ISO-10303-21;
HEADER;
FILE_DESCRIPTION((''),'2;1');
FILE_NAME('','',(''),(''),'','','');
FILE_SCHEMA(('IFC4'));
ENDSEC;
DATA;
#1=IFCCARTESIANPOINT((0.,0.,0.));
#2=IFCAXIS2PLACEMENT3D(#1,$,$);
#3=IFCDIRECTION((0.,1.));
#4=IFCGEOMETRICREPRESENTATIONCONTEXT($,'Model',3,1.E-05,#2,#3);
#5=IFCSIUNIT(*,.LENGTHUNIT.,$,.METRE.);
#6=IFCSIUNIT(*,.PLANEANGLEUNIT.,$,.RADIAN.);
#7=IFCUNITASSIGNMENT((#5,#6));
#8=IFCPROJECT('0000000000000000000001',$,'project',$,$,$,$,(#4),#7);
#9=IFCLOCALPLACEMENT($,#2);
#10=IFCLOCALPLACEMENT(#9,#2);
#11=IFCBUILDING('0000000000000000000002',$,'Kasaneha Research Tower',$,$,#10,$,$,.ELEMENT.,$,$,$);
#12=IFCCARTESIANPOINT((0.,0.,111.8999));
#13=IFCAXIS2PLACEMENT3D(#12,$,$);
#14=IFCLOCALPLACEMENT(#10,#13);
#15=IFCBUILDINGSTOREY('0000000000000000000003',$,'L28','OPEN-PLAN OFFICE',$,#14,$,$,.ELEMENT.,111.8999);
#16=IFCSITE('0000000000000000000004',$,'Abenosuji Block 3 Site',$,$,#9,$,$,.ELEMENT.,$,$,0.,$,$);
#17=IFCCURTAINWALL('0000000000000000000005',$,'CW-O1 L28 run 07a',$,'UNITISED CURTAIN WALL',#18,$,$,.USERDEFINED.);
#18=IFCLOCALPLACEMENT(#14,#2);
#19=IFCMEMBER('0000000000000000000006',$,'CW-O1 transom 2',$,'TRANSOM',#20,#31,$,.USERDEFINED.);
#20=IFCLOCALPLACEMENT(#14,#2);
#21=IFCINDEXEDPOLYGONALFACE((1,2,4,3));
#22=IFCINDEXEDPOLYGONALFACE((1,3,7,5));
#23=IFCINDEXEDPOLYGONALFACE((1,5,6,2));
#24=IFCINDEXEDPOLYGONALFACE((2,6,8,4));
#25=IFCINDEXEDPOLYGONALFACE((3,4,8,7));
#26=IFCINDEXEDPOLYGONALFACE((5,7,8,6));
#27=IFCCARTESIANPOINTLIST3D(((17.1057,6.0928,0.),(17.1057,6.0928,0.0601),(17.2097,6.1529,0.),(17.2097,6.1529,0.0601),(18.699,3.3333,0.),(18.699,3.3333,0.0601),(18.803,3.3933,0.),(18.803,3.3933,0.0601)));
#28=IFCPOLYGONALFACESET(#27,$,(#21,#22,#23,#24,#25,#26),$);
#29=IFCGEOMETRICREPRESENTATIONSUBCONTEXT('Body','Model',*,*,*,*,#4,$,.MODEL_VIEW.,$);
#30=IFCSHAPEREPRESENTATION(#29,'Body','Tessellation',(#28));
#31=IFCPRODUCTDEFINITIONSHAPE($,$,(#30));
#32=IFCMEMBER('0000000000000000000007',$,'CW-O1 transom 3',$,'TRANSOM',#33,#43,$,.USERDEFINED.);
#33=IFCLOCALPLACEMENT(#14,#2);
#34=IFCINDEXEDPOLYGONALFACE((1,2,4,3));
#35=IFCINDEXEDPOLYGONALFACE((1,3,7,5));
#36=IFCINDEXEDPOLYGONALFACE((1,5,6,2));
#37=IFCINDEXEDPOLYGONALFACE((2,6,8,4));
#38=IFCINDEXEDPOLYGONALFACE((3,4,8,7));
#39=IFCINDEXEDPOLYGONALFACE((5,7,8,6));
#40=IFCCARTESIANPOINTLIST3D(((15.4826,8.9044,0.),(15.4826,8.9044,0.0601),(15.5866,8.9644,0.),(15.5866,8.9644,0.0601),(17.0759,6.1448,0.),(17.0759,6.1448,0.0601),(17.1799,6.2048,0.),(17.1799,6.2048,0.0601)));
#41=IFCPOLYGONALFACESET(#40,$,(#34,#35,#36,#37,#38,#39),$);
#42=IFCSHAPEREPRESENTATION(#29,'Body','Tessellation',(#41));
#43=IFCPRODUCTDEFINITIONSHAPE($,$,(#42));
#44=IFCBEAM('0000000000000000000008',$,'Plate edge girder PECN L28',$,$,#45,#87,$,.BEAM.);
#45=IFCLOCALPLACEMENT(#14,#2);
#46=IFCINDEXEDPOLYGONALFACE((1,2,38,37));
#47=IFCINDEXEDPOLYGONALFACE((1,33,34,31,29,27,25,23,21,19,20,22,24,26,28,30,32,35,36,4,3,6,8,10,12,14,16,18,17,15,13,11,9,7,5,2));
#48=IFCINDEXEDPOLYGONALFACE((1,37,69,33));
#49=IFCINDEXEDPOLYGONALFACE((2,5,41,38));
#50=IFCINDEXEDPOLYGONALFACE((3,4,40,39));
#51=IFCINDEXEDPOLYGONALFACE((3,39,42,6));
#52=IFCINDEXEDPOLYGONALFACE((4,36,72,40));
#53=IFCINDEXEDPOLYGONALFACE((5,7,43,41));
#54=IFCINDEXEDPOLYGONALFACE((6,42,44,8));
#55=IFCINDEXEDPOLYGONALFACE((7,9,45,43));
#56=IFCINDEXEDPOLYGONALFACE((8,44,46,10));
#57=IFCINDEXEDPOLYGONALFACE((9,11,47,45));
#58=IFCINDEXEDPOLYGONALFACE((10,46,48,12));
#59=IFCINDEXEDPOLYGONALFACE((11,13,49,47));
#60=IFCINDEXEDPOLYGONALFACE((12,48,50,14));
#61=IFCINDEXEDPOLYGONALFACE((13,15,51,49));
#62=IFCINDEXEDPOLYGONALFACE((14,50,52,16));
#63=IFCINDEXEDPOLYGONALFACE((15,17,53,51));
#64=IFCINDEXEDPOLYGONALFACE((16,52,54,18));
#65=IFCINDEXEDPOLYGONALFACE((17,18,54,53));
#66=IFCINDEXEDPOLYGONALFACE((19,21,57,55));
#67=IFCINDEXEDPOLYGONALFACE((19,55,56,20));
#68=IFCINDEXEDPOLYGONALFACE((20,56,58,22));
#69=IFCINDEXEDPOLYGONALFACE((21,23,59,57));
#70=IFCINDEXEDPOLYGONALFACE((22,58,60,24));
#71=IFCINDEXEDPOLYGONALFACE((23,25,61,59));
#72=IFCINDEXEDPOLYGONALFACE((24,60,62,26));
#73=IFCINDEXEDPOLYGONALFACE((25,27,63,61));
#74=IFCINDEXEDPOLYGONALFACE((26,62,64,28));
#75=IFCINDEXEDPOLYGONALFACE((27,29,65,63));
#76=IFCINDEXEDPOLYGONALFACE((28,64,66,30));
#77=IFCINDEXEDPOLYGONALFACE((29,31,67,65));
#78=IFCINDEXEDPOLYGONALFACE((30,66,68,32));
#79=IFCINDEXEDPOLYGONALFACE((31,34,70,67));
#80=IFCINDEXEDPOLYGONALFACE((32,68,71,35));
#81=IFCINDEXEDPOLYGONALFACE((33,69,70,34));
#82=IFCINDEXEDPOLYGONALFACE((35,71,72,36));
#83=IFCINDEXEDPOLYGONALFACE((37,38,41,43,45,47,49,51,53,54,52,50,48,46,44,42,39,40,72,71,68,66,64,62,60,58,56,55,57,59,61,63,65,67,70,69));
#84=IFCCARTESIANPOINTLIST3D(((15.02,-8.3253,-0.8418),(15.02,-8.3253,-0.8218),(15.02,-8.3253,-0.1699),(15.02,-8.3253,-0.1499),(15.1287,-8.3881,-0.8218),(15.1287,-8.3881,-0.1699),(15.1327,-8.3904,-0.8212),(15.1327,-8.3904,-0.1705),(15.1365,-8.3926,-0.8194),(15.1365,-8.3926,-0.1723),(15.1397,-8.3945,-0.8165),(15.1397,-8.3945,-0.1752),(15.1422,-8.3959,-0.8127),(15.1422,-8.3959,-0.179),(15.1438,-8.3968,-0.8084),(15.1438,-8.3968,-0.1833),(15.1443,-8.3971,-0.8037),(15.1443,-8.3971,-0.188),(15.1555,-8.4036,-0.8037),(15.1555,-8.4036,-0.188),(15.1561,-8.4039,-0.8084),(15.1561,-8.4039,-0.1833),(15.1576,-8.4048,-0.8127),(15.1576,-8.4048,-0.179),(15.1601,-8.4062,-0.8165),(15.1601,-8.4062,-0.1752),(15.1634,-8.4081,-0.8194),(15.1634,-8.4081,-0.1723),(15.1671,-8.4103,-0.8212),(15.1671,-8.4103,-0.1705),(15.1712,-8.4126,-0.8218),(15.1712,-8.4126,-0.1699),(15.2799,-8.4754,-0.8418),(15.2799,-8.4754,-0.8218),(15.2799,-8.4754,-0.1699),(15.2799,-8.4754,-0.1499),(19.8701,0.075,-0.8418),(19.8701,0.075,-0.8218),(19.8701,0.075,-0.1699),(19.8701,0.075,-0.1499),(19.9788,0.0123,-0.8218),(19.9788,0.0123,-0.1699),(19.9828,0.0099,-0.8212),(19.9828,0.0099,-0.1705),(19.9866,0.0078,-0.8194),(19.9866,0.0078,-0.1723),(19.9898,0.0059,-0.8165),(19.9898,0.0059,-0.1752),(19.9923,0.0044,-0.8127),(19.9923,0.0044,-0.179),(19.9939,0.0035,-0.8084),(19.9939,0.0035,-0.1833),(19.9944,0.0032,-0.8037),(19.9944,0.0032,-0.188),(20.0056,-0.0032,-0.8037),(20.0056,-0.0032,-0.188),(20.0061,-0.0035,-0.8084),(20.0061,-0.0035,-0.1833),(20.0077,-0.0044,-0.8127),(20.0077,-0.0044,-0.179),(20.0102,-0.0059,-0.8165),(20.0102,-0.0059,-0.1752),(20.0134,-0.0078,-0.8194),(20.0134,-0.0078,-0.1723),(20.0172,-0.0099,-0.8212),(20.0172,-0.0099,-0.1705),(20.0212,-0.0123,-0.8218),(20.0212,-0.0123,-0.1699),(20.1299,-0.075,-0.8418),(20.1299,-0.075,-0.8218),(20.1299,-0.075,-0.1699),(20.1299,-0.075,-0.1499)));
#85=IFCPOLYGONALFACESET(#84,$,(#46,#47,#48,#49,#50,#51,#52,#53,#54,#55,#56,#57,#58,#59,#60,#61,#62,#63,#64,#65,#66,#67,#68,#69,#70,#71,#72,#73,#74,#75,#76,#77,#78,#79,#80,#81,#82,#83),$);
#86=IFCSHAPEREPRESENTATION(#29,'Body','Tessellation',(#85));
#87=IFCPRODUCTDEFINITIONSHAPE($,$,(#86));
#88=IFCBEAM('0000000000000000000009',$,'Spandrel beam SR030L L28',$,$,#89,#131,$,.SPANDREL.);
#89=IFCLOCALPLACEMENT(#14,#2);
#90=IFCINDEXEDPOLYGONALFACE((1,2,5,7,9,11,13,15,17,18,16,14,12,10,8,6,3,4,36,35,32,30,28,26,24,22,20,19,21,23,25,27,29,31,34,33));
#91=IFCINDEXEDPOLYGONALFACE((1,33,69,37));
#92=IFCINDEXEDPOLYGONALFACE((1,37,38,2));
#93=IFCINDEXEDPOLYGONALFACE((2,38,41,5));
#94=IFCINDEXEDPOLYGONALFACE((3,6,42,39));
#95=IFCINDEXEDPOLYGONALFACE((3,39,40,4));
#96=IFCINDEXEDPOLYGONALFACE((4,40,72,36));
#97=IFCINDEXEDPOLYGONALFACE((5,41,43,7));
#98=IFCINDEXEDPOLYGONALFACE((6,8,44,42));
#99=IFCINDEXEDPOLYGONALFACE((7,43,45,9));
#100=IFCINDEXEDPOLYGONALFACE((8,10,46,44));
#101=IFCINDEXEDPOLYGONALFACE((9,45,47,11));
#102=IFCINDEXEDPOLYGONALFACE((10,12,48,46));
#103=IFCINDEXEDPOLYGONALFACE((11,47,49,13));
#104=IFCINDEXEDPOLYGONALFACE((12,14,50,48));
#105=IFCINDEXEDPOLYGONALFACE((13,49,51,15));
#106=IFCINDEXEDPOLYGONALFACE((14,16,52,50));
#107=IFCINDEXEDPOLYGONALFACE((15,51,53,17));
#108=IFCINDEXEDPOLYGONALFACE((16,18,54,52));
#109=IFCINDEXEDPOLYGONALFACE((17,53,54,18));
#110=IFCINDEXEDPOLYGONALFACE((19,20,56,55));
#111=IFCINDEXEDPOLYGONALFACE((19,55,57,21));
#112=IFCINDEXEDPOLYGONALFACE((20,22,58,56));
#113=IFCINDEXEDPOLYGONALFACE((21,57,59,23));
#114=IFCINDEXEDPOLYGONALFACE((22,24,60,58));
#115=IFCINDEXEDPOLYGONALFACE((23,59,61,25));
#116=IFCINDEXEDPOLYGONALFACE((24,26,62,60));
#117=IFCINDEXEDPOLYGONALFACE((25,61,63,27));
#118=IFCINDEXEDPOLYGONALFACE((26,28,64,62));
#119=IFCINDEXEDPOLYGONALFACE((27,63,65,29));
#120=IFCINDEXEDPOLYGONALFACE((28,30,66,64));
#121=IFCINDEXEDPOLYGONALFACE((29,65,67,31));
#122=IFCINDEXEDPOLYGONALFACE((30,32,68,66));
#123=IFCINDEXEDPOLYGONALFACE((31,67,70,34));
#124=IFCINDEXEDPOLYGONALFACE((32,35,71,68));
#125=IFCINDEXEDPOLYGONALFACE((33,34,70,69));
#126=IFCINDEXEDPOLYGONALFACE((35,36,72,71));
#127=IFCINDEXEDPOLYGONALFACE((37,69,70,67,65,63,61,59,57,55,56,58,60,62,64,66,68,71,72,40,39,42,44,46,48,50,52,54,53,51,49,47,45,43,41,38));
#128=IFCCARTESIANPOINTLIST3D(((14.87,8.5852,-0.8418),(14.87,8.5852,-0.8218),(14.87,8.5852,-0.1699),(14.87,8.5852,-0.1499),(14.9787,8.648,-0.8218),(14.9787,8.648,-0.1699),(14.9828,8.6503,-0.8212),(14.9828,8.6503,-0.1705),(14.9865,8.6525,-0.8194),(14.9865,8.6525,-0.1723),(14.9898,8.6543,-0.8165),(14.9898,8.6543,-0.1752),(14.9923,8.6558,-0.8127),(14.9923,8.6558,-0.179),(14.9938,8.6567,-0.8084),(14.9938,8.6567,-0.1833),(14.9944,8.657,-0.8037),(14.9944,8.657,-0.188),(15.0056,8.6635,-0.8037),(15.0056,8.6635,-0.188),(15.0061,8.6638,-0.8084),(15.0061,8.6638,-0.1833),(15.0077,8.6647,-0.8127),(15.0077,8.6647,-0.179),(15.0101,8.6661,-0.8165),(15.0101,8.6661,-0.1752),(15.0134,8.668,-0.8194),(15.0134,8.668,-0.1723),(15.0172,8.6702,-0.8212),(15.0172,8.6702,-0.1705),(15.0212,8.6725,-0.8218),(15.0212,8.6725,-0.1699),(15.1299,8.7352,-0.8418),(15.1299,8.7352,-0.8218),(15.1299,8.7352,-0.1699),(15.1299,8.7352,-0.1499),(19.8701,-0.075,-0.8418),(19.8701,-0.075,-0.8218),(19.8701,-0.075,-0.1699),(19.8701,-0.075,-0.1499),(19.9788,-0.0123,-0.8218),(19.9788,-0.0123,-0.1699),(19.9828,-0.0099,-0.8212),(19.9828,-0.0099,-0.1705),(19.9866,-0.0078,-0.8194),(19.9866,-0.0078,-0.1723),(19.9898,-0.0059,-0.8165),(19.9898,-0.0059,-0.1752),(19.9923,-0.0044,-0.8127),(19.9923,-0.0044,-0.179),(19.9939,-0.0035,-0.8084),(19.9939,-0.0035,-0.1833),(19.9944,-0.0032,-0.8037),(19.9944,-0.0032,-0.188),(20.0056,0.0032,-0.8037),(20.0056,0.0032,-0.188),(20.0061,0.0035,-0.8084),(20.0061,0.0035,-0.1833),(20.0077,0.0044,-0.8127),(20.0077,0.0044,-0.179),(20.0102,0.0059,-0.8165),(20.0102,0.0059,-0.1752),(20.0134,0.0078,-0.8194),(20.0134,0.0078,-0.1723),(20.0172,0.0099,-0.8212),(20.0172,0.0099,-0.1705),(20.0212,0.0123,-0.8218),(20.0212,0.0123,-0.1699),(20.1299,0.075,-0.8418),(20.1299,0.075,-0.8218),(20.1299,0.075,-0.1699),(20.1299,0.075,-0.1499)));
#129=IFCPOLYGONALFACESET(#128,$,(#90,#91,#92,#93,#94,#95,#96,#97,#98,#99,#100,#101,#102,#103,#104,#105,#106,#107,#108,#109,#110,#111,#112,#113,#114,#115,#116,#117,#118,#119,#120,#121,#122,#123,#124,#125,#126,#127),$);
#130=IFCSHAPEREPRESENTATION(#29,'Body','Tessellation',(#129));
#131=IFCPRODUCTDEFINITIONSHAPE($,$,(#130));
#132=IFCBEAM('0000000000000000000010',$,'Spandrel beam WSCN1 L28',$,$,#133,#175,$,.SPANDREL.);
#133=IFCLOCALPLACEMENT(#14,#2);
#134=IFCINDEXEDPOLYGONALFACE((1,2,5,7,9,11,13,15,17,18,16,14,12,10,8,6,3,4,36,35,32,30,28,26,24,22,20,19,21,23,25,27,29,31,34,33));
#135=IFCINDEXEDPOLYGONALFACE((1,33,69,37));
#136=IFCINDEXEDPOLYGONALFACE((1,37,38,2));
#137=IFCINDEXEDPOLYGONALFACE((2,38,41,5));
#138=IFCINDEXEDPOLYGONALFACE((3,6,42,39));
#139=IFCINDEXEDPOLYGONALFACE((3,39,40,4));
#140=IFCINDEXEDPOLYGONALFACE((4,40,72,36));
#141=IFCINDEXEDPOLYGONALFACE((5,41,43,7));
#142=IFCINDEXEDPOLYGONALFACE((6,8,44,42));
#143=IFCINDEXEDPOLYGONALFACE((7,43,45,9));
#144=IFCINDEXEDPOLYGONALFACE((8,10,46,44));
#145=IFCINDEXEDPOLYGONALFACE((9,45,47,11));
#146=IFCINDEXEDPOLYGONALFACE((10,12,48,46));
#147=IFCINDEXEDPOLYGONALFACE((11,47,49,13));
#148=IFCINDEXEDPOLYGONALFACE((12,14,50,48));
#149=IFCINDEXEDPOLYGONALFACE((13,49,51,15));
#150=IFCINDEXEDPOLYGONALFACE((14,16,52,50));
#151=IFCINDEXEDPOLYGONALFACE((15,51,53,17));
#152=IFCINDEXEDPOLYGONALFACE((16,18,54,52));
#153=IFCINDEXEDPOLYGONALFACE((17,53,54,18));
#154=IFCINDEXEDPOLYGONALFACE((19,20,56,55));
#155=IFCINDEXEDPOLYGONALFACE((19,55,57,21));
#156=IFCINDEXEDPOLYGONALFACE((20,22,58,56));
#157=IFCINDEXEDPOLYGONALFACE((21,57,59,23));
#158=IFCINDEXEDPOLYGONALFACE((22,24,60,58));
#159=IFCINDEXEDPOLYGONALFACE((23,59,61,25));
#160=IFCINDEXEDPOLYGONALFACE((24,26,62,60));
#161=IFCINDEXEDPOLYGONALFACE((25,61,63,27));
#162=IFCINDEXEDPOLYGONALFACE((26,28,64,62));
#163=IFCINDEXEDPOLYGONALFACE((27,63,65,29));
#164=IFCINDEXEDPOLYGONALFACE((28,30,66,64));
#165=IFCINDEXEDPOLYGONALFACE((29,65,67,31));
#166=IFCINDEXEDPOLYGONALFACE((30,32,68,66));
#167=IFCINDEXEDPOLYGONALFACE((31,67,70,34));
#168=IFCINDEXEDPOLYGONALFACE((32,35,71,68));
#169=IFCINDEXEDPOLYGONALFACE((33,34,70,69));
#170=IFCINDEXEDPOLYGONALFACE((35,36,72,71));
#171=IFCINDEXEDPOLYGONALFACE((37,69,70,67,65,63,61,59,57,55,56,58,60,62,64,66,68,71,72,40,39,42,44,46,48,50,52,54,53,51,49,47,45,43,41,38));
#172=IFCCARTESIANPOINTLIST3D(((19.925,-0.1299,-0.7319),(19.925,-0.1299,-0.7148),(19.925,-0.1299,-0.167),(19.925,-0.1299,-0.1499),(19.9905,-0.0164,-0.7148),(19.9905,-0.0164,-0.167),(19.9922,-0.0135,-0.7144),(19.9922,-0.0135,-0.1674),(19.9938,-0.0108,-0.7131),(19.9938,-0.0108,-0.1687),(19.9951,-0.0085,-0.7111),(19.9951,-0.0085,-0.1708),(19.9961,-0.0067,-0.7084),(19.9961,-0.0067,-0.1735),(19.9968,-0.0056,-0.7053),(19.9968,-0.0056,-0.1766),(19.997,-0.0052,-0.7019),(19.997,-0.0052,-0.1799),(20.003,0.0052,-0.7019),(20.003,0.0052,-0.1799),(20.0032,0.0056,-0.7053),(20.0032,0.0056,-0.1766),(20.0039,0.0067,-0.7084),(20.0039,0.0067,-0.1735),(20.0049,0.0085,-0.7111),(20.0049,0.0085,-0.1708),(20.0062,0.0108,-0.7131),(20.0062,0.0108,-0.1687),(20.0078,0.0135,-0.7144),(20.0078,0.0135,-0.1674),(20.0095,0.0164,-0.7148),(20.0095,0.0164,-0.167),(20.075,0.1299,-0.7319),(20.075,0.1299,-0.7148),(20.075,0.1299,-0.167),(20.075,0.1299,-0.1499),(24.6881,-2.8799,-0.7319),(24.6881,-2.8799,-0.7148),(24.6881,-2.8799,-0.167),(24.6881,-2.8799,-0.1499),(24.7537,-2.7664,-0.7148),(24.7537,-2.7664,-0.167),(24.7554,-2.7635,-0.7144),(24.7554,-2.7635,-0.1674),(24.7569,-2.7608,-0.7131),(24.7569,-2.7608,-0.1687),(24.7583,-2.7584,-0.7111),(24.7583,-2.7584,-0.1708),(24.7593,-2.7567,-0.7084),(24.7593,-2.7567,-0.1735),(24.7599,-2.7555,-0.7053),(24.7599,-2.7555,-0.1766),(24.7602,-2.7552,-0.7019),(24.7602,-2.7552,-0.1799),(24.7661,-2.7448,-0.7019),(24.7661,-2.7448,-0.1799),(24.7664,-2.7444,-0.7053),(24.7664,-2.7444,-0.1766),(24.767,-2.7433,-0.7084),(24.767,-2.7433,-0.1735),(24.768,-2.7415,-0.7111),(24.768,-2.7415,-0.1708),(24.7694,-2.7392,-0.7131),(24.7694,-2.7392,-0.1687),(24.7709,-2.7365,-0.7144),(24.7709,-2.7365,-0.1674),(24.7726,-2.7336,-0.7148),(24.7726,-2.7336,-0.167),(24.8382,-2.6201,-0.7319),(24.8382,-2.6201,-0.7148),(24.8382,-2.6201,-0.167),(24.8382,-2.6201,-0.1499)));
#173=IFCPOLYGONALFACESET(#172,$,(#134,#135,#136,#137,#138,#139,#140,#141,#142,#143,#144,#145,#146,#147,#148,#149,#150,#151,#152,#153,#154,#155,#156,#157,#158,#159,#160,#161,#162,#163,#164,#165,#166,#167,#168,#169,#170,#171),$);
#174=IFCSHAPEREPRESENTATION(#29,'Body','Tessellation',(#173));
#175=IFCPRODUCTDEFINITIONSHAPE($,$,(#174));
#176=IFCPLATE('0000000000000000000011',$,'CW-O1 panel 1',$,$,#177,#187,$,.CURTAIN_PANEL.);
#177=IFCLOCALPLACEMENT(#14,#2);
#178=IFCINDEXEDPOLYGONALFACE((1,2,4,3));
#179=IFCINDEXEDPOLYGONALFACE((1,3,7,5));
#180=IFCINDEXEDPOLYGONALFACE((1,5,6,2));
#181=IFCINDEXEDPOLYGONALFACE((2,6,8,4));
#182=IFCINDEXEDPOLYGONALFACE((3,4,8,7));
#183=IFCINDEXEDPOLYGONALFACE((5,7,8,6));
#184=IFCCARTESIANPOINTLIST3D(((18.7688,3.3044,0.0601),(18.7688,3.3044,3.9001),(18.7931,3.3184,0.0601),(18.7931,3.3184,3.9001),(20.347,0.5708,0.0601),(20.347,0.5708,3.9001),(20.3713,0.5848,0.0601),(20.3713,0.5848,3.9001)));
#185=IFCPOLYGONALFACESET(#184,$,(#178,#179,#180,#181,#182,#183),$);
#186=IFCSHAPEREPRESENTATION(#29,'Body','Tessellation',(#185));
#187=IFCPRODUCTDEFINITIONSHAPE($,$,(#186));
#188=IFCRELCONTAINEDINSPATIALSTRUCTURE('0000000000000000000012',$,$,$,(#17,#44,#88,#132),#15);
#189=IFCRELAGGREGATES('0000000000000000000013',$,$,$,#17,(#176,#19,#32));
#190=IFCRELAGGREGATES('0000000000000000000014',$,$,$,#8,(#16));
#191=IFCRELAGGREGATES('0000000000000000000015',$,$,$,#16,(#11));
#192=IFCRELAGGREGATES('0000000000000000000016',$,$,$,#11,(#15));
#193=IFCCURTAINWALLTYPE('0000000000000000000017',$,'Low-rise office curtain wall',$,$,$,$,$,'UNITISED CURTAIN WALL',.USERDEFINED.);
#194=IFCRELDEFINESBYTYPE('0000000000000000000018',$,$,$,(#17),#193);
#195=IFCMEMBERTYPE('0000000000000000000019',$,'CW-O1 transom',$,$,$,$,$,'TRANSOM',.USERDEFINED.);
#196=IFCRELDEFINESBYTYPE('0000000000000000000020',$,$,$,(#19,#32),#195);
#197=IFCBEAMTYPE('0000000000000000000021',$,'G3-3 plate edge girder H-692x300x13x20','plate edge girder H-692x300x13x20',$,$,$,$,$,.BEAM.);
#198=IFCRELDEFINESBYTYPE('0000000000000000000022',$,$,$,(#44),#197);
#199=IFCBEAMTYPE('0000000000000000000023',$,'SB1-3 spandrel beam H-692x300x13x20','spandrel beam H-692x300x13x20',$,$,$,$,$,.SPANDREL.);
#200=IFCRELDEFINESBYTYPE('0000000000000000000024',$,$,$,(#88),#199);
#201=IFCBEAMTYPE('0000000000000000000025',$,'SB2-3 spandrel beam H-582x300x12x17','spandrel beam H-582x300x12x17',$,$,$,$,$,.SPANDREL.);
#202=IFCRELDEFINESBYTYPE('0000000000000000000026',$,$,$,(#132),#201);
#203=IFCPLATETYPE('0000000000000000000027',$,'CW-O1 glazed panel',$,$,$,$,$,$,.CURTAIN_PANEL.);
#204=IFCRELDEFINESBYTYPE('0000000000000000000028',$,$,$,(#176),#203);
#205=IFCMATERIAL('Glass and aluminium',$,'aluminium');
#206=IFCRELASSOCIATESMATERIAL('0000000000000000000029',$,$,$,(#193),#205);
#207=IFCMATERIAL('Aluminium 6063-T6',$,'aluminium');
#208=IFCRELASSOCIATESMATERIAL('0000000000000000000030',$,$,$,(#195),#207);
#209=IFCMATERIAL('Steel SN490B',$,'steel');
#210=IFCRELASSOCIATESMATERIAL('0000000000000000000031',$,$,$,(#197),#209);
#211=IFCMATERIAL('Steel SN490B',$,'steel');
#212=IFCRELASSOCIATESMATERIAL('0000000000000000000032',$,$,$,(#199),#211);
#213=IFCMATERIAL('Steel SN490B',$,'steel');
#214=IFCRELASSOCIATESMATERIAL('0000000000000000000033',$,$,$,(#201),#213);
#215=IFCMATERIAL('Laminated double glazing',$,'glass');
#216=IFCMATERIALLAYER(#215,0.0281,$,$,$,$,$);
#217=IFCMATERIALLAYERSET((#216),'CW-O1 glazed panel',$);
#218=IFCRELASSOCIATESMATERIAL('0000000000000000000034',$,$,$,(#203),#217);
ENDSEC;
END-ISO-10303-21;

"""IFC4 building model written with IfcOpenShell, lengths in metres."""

from ifc_helpers import new_model, si_unit, direction, frame, origin, origin_2d, place, context, subcontext, project, spatial, rectangle, i_section, extrude, material, layer, layer_set, material_profile, profile_set, type_object, element, aggregate, save


model = new_model("IFC4")

# Units and contexts
model_context = context("Model", 3, precision=1e-05, world=origin(), true_north=direction((0.0, 1.0)))
body_context = subcontext(model_context, "Body", "Model", "MODEL_VIEW")
ifc_project = project(units=[si_unit("LENGTHUNIT", "METRE"), si_unit("PLANEANGLEUNIT", "RADIAN")], contexts=[model_context])

# Site, building, storey
site_placement = place(None, origin())
site = spatial("IfcSite", under=ifc_project, at=site_placement, Name="Abenosuji Block 3 Site", CompositionType="ELEMENT", RefElevation=0.0)
building_placement = place(site_placement, origin())
building = spatial("IfcBuilding", under=site, at=building_placement, Name="Kasaneha Research Tower", CompositionType="ELEMENT")
storey_placement = place(building_placement, frame((0.0, 0.0, 111.8999)))
storey = spatial("IfcBuildingStorey", under=building, at=storey_placement, Name="L28", Description="OPEN-PLAN OFFICE", CompositionType="ELEMENT", Elevation=111.8999)

# Shared definitions
ifc_material_1 = material(Name="Glass and aluminium", Category="aluminium")
curtain_wall_type = type_object("IfcCurtainWallType", Name="Low-rise office curtain wall", ElementType="UNITISED CURTAIN WALL", PredefinedType="USERDEFINED", material=ifc_material_1)

# Curtain wall, members
curtain_wall_1_placement = place(storey_placement, origin())
curtain_wall_1 = element("IfcCurtainWall", 1, at=curtain_wall_1_placement, inside=storey, type_object=curtain_wall_type, Name="CW-O1 L28 run 07a", ObjectType="UNITISED CURTAIN WALL", PredefinedType="USERDEFINED")
ifc_material_2 = material(Name="Aluminium 6063-T6", Category="aluminium")
ifc_material_profile_1 = material_profile(ifc_material_2, rectangle(XDim=0.1201, YDim=0.0601, at=origin_2d()), Name="CW-O1 transom 120x60")
ifc_profile_set_1 = profile_set([ifc_material_profile_1], Name="Aluminium 6063-T6")
member_type_1 = type_object("IfcMemberType", Name="CW-O1 transom", ElementType="TRANSOM", PredefinedType="USERDEFINED", material=ifc_profile_set_1)
member_1_placement = place(storey_placement, frame((18.751, 3.3633, 0.03), z_axis=(-0.500012, 0.866018, 0.0), x_axis=(-0.866018, -0.500012, 0.0)))
member_1 = element("IfcMember", 2, at=member_1_placement, type_object=member_type_1, Name="CW-O1 transom 2", ObjectType="TRANSOM", PredefinedType="USERDEFINED", context=body_context, shape_type="SweptSolid", body=[
    extrude(rectangle(XDim=0.1201, YDim=0.0601, at=origin_2d()), origin(), (0.0, 0.0, 1.0), 3.1865),
])
member_2_placement = place(storey_placement, frame((17.1279, 6.1748, 0.03), z_axis=(-0.500012, 0.866018, 0.0), x_axis=(-0.866018, -0.500012, 0.0)))
member_2 = element("IfcMember", 3, at=member_2_placement, type_object=member_type_1, Name="CW-O1 transom 3", ObjectType="TRANSOM", PredefinedType="USERDEFINED", context=body_context, shape_type="SweptSolid", body=[
    extrude(rectangle(XDim=0.1201, YDim=0.0601, at=origin_2d()), origin(), (0.0, 0.0, 1.0), 3.1865),
])

# Beams
ifc_material_3 = material(Name="Steel SN490B", Category="steel")
ifc_material_profile_2 = material_profile(ifc_material_3, i_section(OverallWidth=0.3, OverallDepth=0.6919, WebThickness=0.0129, FlangeThickness=0.02, FilletRadius=0.0181, at=origin_2d()), Name="H-692x300x13x20")
ifc_profile_set_2 = profile_set([ifc_material_profile_2], Name="Steel SN490B")
beam_type_1 = type_object("IfcBeamType", Name="G3-3 plate edge girder H-692x300x13x20", Description="plate edge girder H-692x300x13x20", PredefinedType="BEAM", material=ifc_profile_set_2)
beam_1_placement = place(storey_placement, frame((20.0, 0.0, -0.4958), z_axis=(-0.50001, -0.86602, 0.0), x_axis=(0.86602, -0.50001, 0.0)))
element("IfcBeam", 4, at=beam_1_placement, inside=storey, type_object=beam_type_1, Name="Plate edge girder PECN L28", PredefinedType="BEAM", context=body_context, shape_type="SweptSolid", body=[
    extrude(i_section(OverallWidth=0.3, OverallDepth=0.6919, WebThickness=0.0129, FlangeThickness=0.02, FilletRadius=0.0181, at=origin_2d()), origin(), (0.0, 0.0, 1.0), 9.7),
])
ifc_material_4 = material(Name="Steel SN490B", Category="steel")
ifc_material_profile_3 = material_profile(ifc_material_4, i_section(OverallWidth=0.3, OverallDepth=0.6919, WebThickness=0.0129, FlangeThickness=0.02, FilletRadius=0.0181, at=origin_2d()), Name="H-692x300x13x20")
ifc_profile_set_3 = profile_set([ifc_material_profile_3], Name="Steel SN490B")
beam_type_2 = type_object("IfcBeamType", Name="SB1-3 spandrel beam H-692x300x13x20", Description="spandrel beam H-692x300x13x20", PredefinedType="SPANDREL", material=ifc_profile_set_3)
beam_2_placement = place(storey_placement, frame((20.0, 0.0, -0.4958), z_axis=(-0.500004, 0.866023, 0.0), x_axis=(-0.866023, -0.500004, 0.0)))
element("IfcBeam", 5, at=beam_2_placement, inside=storey, type_object=beam_type_2, Name="Spandrel beam SR030L L28", PredefinedType="SPANDREL", context=body_context, shape_type="SweptSolid", body=[
    extrude(i_section(OverallWidth=0.3, OverallDepth=0.6919, WebThickness=0.0129, FlangeThickness=0.02, FilletRadius=0.0181, at=origin_2d()), origin(), (0.0, 0.0, 1.0), 10.0),
])
ifc_material_5 = material(Name="Steel SN490B", Category="steel")
ifc_material_profile_4 = material_profile(ifc_material_5, i_section(OverallWidth=0.3, OverallDepth=0.582, WebThickness=0.012, FlangeThickness=0.0171, FilletRadius=0.0129, at=origin_2d()), Name="H-582x300x12x17")
ifc_profile_set_4 = profile_set([ifc_material_profile_4], Name="Steel SN490B")
beam_type_3 = type_object("IfcBeamType", Name="SB2-3 spandrel beam H-582x300x12x17", Description="spandrel beam H-582x300x12x17", PredefinedType="SPANDREL", material=ifc_profile_set_4)
beam_3_placement = place(storey_placement, frame((20.0, 0.0, -0.4409), z_axis=(0.866027, -0.499997, 0.0), x_axis=(0.499997, 0.866027, 0.0)))
element("IfcBeam", 6, at=beam_3_placement, inside=storey, type_object=beam_type_3, Name="Spandrel beam WSCN1 L28", PredefinedType="SPANDREL", context=body_context, shape_type="SweptSolid", body=[
    extrude(i_section(OverallWidth=0.3, OverallDepth=0.582, WebThickness=0.012, FlangeThickness=0.0171, FilletRadius=0.0129, at=origin_2d()), origin(), (0.0, 0.0, 1.0), 5.5),
])

# Plate
ifc_material_6 = material(Name="Laminated double glazing", Category="glass")
ifc_layer = layer(ifc_material_6, 0.0281)
ifc_layer_set = layer_set([ifc_layer], Name="CW-O1 glazed panel")
plate_type = type_object("IfcPlateType", Name="CW-O1 glazed panel", PredefinedType="CURTAIN_PANEL", material=ifc_layer_set)
plate_1_placement = place(storey_placement, frame((19.5701, 1.9446, 0.0601), z_axis=(0.0, 0.0, 1.0), x_axis=(-0.5, 0.866025, 0.0)))
plate_1 = element("IfcPlate", 7, at=plate_1_placement, type_object=plate_type, Name="CW-O1 panel 1", PredefinedType="CURTAIN_PANEL", context=body_context, shape_type="SweptSolid", body=[
    extrude(rectangle(XDim=3.1565, YDim=0.0281, at=origin_2d()), origin(), (0.0, 0.0, 1.0), 3.8401),
])
aggregate(curtain_wall_1, [plate_1, member_1, member_2])

save(model, "model.ifc")
